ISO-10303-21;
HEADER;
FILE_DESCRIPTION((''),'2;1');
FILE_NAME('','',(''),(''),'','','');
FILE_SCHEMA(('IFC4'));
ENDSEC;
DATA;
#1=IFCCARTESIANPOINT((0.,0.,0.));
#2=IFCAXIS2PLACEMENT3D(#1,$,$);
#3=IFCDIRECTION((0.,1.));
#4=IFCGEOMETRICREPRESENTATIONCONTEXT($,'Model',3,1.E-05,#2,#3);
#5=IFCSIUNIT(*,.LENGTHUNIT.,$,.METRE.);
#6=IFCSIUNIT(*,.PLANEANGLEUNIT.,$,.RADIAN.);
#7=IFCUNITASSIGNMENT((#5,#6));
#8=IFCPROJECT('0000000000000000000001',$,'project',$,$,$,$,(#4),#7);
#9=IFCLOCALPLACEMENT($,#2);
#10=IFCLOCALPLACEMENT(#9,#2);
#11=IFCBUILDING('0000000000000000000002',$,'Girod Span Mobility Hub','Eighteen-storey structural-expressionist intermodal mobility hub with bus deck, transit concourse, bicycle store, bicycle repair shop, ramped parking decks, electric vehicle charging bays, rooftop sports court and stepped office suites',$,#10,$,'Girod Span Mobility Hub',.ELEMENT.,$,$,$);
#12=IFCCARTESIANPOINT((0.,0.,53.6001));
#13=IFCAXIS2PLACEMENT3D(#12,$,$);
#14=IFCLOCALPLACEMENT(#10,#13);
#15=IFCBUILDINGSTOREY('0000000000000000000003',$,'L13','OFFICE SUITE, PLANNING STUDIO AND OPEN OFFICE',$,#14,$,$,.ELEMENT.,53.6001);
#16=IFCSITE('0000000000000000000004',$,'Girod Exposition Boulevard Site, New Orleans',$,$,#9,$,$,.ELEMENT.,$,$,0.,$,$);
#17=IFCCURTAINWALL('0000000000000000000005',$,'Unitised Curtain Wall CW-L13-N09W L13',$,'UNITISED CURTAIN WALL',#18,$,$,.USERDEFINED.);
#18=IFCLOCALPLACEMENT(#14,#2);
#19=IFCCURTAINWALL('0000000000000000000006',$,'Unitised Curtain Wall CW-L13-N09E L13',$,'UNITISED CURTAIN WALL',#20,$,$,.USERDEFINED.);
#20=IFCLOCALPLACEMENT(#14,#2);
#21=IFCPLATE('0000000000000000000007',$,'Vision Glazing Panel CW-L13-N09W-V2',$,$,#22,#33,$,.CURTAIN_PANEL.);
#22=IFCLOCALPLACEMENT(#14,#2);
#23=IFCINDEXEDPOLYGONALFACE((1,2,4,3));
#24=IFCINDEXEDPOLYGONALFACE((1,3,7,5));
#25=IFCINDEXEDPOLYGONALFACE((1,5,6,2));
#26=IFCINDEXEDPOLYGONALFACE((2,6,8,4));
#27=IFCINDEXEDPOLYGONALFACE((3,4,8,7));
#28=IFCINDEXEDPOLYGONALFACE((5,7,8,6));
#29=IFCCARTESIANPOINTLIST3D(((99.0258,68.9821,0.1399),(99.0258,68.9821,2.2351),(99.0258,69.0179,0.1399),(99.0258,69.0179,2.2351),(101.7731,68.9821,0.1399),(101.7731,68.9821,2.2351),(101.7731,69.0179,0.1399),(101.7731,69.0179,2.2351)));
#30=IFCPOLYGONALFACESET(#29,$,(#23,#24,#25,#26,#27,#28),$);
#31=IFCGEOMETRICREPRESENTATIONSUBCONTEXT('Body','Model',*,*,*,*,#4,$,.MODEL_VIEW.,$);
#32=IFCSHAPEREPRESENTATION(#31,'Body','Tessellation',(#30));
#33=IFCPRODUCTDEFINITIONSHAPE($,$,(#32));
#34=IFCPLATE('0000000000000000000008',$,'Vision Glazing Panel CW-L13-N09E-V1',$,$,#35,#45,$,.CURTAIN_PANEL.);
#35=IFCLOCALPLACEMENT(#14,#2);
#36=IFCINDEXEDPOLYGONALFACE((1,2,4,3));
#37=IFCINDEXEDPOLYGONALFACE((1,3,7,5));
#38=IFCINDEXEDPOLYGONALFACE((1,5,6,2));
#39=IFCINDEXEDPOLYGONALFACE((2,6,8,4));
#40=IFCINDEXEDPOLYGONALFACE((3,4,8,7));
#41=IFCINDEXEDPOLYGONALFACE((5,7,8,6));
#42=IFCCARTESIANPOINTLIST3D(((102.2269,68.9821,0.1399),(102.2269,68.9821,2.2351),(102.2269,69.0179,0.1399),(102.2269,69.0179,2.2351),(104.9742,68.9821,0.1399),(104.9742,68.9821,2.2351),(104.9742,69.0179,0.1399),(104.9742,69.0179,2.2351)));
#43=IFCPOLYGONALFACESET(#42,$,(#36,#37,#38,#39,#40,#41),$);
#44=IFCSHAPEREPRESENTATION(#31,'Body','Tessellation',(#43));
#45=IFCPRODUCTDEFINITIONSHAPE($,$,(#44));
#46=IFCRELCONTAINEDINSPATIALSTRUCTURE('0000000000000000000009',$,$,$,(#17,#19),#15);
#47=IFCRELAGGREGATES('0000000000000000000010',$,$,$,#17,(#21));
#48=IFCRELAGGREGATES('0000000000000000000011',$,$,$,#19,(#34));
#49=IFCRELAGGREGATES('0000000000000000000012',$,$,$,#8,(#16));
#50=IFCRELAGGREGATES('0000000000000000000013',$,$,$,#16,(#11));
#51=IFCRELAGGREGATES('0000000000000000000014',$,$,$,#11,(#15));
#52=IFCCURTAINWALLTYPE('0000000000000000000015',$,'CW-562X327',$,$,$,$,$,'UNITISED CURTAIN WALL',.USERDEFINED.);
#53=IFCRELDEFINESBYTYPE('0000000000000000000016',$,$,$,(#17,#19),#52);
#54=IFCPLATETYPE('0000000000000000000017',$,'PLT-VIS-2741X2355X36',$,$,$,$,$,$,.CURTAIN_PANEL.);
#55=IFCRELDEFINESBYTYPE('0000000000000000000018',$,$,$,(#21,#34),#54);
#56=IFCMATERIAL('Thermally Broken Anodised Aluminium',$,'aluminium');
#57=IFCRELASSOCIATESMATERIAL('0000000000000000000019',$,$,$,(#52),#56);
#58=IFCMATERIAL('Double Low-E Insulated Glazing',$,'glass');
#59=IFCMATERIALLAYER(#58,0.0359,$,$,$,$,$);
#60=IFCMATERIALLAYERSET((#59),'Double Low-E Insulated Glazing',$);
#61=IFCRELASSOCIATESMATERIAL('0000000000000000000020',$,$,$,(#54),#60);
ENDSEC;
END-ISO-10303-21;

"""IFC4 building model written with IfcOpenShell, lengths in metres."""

from ifc_helpers import new_model, si_unit, direction, frame, origin, origin_2d, place, context, subcontext, project, spatial, rectangle, extrude, material, layer, layer_set, type_object, element, aggregate, save


model = new_model("IFC4")

# Units and contexts
model_context = context("Model", 3, precision=1e-05, world=origin(), true_north=direction((0.0, 1.0)))
body_context = subcontext(model_context, "Body", "Model", "MODEL_VIEW")
ifc_project = project(units=[si_unit("LENGTHUNIT", "METRE"), si_unit("PLANEANGLEUNIT", "RADIAN")], contexts=[model_context])

# Site, building, storey
site_placement = place(None, origin())
site = spatial("IfcSite", under=ifc_project, at=site_placement, Name="Girod Exposition Boulevard Site, New Orleans", CompositionType="ELEMENT", RefElevation=0.0)
building_placement = place(site_placement, origin())
building = spatial("IfcBuilding", under=site, at=building_placement, Name="Girod Span Mobility Hub", Description="Eighteen-storey structural-expressionist intermodal mobility hub with bus deck, transit concourse, bicycle store, bicycle repair shop, ramped parking decks, electric vehicle charging bays, rooftop sports court and stepped office suites", LongName="Girod Span Mobility Hub", CompositionType="ELEMENT")
storey_placement = place(building_placement, frame((0.0, 0.0, 53.6001)))
storey = spatial("IfcBuildingStorey", under=building, at=storey_placement, Name="L13", Description="OFFICE SUITE, PLANNING STUDIO AND OPEN OFFICE", CompositionType="ELEMENT", Elevation=53.6001)

# Curtain wall
ifc_material_1 = material(Name="Thermally Broken Anodised Aluminium", Category="aluminium")
curtain_wall_type = type_object("IfcCurtainWallType", Name="CW-562X327", ElementType="UNITISED CURTAIN WALL", PredefinedType="USERDEFINED", material=ifc_material_1)
curtain_wall_1_placement = place(storey_placement, origin())
curtain_wall_1 = element("IfcCurtainWall", 1, at=curtain_wall_1_placement, inside=storey, type_object=curtain_wall_type, Name="Unitised Curtain Wall CW-L13-N09W L13", ObjectType="UNITISED CURTAIN WALL", PredefinedType="USERDEFINED")

# Curtain wall
curtain_wall_2_placement = place(storey_placement, origin())
curtain_wall_2 = element("IfcCurtainWall", 2, at=curtain_wall_2_placement, inside=storey, type_object=curtain_wall_type, Name="Unitised Curtain Wall CW-L13-N09E L13", ObjectType="UNITISED CURTAIN WALL", PredefinedType="USERDEFINED")

# Plates
ifc_material_2 = material(Name="Double Low-E Insulated Glazing", Category="glass")
ifc_layer_1 = layer(ifc_material_2, 0.0359)
ifc_layer_set_1 = layer_set([ifc_layer_1], Name="Double Low-E Insulated Glazing")
plate_type_1 = type_object("IfcPlateType", Name="PLT-VIS-2741X2355X36", PredefinedType="CURTAIN_PANEL", material=ifc_layer_set_1)
plate_1_placement = place(storey_placement, frame((100.3994, 69.0, 0.1399), z_axis=(0.0, 0.0, 1.0), x_axis=(1.0, 0.0, 0.0)))
plate_1 = element("IfcPlate", 3, at=plate_1_placement, type_object=plate_type_1, Name="Vision Glazing Panel CW-L13-N09W-V2", PredefinedType="CURTAIN_PANEL", context=body_context, shape_type="SweptSolid", body=[
    extrude(rectangle(XDim=2.7473, YDim=0.0359, at=origin_2d()), origin(), (0.0, 0.0, 1.0), 2.0952),
])
aggregate(curtain_wall_1, [plate_1])
plate_2_placement = place(storey_placement, frame((103.6006, 69.0, 0.1399), z_axis=(0.0, 0.0, 1.0), x_axis=(1.0, 0.0, 0.0)))
plate_2 = element("IfcPlate", 4, at=plate_2_placement, type_object=plate_type_1, Name="Vision Glazing Panel CW-L13-N09E-V1", PredefinedType="CURTAIN_PANEL", context=body_context, shape_type="SweptSolid", body=[
    extrude(rectangle(XDim=2.7473, YDim=0.0359, at=origin_2d()), origin(), (0.0, 0.0, 1.0), 2.0952),
])
aggregate(curtain_wall_2, [plate_2])

save(model, "model.ifc")
